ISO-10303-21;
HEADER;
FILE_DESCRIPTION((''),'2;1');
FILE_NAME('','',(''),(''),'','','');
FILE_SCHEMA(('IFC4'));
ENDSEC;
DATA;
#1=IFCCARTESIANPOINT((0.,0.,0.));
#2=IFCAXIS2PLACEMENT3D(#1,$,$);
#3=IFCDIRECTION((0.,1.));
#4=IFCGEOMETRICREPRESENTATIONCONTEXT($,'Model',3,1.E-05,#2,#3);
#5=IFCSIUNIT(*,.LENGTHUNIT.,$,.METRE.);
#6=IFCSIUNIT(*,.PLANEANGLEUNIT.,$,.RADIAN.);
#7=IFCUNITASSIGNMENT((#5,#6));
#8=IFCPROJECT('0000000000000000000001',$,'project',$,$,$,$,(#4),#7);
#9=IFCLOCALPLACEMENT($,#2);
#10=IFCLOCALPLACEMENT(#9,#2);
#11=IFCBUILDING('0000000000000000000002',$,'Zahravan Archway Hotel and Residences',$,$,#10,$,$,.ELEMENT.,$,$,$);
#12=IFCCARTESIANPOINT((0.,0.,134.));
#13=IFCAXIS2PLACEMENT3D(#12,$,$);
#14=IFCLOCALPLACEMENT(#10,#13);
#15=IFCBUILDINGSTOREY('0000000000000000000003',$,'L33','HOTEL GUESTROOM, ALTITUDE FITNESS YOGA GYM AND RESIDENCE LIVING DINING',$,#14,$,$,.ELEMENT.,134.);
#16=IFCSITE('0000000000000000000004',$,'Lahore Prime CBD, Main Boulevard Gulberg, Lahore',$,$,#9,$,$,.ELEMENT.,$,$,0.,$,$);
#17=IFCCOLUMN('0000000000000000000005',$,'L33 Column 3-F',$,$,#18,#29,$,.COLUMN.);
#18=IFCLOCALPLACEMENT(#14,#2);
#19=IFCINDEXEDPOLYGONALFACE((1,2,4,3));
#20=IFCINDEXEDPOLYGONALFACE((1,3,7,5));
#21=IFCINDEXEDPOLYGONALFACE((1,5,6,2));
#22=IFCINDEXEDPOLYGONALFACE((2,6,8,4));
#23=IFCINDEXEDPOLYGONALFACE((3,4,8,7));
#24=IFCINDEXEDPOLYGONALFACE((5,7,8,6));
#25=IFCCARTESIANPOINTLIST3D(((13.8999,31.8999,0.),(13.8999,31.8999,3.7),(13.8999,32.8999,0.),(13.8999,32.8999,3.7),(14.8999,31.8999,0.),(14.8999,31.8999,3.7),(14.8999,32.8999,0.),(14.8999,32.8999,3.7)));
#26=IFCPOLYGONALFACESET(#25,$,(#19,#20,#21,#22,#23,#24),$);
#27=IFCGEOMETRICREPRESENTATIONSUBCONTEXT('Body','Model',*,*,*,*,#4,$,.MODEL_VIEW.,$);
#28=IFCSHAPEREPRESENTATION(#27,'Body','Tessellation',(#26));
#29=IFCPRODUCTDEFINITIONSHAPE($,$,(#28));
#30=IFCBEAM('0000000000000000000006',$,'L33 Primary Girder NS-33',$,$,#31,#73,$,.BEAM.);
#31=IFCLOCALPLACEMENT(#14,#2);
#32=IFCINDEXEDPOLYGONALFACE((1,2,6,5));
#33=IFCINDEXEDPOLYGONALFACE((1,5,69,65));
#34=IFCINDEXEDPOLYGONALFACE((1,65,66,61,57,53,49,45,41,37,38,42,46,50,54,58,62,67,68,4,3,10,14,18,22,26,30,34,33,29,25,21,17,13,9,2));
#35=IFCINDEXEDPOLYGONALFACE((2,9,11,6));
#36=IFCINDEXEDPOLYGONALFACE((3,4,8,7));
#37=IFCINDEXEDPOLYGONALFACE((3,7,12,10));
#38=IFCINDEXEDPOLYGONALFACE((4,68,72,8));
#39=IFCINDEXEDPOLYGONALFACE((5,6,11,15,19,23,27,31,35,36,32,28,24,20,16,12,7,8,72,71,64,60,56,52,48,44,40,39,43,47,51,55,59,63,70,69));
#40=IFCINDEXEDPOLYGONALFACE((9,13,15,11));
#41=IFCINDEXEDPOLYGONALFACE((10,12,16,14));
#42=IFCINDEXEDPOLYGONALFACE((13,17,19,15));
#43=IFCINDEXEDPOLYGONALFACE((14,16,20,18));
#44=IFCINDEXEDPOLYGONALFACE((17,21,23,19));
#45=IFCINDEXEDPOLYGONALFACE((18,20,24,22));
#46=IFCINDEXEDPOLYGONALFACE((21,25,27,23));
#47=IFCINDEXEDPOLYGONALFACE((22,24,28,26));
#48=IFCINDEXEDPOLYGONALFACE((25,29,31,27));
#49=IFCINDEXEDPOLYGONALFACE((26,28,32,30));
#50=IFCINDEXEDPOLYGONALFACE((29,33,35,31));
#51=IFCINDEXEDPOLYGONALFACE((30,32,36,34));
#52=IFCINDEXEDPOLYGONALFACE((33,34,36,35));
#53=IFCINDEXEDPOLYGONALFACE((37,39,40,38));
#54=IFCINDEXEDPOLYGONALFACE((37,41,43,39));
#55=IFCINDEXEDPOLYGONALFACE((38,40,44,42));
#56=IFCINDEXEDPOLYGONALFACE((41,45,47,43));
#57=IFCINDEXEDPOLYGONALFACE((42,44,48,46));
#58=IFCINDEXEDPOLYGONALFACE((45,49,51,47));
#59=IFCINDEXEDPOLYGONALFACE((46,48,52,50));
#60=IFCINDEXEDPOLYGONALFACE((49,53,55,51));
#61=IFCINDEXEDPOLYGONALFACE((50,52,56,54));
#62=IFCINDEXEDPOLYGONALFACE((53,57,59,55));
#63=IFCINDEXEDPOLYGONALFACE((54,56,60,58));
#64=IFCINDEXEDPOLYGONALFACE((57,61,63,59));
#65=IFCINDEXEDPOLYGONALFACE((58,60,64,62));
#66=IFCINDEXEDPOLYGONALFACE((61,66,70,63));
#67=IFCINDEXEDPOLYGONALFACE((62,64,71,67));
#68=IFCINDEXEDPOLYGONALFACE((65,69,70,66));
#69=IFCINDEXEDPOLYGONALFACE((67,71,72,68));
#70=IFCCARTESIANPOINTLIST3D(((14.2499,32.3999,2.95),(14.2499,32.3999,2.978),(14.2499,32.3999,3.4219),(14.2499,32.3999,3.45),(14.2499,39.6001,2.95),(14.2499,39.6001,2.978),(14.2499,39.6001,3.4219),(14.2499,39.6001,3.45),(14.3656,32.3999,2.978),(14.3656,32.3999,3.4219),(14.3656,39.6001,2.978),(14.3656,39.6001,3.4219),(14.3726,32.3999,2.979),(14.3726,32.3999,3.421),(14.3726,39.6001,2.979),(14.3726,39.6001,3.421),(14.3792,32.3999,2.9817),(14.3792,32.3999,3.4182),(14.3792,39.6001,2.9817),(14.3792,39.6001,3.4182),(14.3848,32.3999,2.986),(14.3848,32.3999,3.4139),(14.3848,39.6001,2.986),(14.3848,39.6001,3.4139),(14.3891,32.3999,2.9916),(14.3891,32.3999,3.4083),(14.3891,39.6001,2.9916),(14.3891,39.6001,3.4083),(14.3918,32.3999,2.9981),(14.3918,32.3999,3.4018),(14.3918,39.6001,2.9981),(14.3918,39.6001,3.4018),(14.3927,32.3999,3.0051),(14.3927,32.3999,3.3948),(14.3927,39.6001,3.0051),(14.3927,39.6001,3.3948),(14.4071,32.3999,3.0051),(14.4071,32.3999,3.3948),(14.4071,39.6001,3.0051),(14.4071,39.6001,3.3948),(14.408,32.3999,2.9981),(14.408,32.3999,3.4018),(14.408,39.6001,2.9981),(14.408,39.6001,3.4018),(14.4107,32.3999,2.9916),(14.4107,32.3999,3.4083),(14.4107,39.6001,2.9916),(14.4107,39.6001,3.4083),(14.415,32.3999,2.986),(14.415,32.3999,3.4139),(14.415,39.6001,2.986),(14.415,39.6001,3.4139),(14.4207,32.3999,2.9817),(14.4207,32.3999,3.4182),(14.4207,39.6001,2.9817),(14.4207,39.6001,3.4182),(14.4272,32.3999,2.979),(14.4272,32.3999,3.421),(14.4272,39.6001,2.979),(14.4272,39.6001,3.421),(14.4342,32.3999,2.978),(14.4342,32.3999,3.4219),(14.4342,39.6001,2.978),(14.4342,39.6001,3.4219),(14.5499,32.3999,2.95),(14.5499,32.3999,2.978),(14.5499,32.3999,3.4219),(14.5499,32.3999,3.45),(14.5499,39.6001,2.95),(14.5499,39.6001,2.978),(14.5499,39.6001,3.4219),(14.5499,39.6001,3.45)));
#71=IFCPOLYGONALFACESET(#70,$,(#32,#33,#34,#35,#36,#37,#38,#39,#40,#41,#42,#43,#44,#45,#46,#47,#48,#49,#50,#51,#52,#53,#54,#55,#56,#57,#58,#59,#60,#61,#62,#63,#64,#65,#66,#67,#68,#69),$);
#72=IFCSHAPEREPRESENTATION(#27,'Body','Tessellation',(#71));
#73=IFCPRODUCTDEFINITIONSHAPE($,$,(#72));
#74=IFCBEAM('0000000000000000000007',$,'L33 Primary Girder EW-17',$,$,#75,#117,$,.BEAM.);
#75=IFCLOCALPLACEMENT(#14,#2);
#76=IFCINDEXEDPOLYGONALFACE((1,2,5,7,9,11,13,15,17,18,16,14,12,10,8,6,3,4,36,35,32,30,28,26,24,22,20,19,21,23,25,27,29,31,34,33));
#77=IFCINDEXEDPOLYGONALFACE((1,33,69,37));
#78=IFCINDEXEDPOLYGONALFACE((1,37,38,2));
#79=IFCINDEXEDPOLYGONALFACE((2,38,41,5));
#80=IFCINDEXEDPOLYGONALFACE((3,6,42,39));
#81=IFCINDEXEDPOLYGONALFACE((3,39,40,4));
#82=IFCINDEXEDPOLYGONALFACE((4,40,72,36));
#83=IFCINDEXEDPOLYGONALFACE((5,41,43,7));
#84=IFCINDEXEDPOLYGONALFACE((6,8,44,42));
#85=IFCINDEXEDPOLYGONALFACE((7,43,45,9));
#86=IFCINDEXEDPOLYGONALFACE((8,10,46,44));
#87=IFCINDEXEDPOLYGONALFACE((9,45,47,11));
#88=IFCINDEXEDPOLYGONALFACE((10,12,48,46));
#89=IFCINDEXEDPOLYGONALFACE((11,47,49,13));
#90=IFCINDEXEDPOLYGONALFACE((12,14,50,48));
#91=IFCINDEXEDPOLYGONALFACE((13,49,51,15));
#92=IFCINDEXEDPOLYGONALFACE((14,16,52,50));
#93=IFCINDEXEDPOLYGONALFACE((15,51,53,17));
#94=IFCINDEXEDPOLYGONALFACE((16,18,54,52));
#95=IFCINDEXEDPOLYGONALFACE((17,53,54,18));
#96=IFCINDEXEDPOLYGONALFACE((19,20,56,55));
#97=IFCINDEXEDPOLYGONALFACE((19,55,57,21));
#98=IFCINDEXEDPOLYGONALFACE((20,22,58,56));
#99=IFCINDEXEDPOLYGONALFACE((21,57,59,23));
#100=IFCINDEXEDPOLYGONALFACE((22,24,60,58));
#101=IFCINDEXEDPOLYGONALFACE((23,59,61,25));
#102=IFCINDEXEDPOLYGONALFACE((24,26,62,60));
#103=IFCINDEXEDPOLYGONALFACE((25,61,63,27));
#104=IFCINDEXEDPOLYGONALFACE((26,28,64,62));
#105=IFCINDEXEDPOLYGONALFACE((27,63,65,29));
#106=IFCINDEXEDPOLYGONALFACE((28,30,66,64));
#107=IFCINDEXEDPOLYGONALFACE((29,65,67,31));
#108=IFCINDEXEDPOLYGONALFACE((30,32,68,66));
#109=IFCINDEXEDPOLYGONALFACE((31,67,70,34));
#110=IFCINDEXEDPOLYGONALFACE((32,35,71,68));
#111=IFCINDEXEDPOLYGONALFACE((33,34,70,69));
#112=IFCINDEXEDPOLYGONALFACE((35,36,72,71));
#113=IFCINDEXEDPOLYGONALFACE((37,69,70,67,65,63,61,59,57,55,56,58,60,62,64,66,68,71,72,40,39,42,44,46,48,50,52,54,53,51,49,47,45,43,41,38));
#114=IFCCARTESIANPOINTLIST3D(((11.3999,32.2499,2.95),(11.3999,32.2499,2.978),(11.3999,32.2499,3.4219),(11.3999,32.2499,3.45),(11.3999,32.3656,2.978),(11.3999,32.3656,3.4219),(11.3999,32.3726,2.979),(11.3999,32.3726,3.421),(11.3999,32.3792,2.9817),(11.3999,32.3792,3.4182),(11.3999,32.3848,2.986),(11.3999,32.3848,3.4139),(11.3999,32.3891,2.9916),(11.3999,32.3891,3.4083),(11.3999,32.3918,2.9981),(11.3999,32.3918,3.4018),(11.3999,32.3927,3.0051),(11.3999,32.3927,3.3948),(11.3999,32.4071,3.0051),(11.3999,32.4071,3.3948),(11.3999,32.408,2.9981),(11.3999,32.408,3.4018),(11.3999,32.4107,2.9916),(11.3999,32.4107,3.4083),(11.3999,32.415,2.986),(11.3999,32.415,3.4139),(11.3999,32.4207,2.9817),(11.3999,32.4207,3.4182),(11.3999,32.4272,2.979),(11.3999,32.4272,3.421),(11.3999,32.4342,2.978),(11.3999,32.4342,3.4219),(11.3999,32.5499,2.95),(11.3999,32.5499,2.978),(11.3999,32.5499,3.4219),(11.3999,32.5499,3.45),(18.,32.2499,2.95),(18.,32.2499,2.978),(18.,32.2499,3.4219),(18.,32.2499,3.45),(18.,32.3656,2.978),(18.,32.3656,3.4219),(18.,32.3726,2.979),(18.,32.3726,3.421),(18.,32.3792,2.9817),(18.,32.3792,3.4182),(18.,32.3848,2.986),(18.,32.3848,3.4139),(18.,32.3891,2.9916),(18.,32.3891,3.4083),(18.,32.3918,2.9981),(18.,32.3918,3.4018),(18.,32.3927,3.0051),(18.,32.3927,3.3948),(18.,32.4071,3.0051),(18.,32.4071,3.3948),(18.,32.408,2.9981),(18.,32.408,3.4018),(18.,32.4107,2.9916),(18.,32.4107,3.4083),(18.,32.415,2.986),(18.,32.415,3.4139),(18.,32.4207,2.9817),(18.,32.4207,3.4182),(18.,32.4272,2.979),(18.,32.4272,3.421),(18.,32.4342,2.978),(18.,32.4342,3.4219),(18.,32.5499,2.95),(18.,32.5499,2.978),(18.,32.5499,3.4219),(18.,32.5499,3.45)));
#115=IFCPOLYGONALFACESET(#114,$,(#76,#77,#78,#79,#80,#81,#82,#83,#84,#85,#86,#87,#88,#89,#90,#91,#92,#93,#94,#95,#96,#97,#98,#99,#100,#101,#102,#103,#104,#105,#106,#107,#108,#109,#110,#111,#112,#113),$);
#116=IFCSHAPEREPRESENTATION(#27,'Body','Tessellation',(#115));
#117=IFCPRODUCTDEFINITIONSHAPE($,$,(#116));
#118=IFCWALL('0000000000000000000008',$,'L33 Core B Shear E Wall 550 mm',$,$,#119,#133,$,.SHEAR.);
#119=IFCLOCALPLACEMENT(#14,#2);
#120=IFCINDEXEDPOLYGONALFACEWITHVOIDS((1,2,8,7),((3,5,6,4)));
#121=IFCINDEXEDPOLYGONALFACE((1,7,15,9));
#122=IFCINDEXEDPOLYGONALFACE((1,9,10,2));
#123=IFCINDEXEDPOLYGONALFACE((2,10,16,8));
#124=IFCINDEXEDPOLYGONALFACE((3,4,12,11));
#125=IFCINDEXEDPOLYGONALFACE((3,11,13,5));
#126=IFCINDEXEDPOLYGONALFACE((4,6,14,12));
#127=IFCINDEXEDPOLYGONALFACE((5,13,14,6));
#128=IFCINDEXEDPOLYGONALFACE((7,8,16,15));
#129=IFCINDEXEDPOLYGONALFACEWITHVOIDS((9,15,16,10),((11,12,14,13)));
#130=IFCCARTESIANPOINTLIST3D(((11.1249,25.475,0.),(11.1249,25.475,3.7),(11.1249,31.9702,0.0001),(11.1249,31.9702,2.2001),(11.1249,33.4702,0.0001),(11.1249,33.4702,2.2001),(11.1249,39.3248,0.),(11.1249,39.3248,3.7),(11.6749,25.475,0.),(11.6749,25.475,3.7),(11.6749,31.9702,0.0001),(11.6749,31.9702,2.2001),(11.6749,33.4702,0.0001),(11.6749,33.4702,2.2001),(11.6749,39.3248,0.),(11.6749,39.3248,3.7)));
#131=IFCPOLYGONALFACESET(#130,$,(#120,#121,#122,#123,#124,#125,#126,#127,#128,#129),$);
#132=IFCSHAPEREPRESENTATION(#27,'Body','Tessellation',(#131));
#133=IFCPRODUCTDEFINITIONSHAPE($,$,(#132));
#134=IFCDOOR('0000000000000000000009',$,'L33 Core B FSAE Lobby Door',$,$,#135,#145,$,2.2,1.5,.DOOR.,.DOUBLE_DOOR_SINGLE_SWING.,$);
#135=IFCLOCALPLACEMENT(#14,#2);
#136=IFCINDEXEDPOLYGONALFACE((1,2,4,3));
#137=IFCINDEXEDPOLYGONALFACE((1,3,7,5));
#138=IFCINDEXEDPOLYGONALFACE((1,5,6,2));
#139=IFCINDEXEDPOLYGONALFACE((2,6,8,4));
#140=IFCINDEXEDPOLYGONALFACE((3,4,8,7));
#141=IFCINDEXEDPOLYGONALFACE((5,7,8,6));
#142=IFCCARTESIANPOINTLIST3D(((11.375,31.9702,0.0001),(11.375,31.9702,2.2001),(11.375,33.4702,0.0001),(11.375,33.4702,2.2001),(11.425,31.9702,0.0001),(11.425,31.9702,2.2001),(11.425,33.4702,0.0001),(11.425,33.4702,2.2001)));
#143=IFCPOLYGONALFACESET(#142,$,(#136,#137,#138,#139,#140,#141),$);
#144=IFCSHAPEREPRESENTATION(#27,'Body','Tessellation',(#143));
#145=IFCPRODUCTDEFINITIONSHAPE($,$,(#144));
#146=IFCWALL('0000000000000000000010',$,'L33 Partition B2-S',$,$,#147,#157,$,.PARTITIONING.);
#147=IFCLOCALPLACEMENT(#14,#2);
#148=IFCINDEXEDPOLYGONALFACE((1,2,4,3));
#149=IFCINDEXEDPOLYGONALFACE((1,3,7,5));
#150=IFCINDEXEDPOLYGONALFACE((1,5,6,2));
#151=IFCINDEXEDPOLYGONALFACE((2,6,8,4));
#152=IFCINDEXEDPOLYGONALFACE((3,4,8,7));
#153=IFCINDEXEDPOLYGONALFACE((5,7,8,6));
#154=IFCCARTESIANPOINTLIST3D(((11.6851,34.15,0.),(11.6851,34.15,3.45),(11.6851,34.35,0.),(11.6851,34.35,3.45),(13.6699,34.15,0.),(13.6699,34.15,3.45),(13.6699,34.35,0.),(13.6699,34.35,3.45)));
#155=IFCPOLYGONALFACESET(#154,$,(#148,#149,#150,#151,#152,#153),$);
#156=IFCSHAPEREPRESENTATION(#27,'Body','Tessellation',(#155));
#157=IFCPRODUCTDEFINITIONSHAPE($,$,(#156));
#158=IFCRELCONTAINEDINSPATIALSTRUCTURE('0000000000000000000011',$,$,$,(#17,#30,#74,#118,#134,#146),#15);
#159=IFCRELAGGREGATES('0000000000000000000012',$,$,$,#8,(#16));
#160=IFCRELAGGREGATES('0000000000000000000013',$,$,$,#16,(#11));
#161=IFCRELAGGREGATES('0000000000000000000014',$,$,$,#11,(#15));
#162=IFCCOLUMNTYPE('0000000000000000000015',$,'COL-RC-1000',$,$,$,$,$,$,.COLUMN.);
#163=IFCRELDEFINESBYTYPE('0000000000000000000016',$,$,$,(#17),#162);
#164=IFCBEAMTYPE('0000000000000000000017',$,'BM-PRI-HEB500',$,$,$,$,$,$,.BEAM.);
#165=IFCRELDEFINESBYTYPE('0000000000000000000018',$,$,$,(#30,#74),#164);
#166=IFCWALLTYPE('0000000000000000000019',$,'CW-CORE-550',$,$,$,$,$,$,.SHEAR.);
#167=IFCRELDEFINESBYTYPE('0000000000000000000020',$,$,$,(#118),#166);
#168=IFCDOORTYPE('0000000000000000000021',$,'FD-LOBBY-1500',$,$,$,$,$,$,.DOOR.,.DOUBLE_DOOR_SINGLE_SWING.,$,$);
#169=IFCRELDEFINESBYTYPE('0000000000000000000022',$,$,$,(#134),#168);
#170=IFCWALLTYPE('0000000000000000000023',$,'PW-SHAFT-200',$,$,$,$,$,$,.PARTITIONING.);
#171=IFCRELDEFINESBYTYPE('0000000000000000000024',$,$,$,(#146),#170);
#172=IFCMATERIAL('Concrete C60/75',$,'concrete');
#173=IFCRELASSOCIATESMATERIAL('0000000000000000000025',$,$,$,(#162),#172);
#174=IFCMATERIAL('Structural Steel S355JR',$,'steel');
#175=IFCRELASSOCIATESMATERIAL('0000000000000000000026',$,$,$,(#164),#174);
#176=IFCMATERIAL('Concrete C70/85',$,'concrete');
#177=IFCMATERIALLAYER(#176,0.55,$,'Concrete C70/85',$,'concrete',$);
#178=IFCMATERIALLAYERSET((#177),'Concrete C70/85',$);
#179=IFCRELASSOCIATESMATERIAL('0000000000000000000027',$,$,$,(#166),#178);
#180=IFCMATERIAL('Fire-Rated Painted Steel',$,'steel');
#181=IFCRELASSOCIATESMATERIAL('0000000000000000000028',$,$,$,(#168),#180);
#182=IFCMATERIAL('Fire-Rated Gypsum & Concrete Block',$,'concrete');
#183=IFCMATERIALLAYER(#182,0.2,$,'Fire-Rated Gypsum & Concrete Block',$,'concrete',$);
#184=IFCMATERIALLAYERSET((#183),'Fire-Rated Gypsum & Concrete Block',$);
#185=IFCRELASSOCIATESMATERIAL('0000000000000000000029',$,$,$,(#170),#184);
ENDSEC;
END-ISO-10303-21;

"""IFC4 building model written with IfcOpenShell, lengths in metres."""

from ifc_helpers import new_model, si_unit, direction, frame, frame_2d, origin, origin_2d, place, context, subcontext, project, spatial, rectangle, i_section, extrude, source, transform, mapped, material, layer, layer_set, material_profile, profile_set, type_object, type_shapes, element, fill, save


model = new_model("IFC4")

# Units and contexts
model_context = context("Model", 3, precision=1e-05, world=origin(), true_north=direction((0.0, 1.0)))
body_context = subcontext(model_context, "Body", "Model", "MODEL_VIEW")
ifc_project = project(units=[si_unit("LENGTHUNIT", "METRE"), si_unit("PLANEANGLEUNIT", "RADIAN")], contexts=[model_context])

# Site, building, storey
site_placement = place(None, origin())
site = spatial("IfcSite", under=ifc_project, at=site_placement, Name="Lahore Prime CBD, Main Boulevard Gulberg, Lahore", CompositionType="ELEMENT", RefElevation=0.0)
building_placement = place(site_placement, origin())
building = spatial("IfcBuilding", under=site, at=building_placement, Name="Zahravan Archway Hotel and Residences", CompositionType="ELEMENT")
storey_placement = place(building_placement, frame((0.0, 0.0, 134.0)))
storey = spatial("IfcBuildingStorey", under=building, at=storey_placement, Name="L33", Description="HOTEL GUESTROOM, ALTITUDE FITNESS YOGA GYM AND RESIDENCE LIVING DINING", CompositionType="ELEMENT", Elevation=134.0)

# Column
ifc_material_1 = material(Name="Concrete C60/75", Category="concrete")
ifc_material_profile_1 = material_profile(ifc_material_1, rectangle(XDim=1.0, YDim=1.0, at=origin_2d()), Name="RC-COL-1000x1000", Category="concrete")
ifc_profile_set_1 = profile_set([ifc_material_profile_1], Name="Concrete C60/75")
column_type = type_object("IfcColumnType", Name="COL-RC-1000", PredefinedType="COLUMN", material=ifc_profile_set_1)
shared_shape_1 = source(origin(), body_context, "Body", "SweptSolid", [
    extrude(rectangle(XDim=1.0, YDim=1.0, at=origin_2d()), origin(), (0.0, 0.0, 1.0), 3.7),
])
type_shapes(column_type, [shared_shape_1])
column_placement = place(storey_placement, frame((14.3999, 32.3999, 0.0), z_axis=(0.0, 0.0, 1.0), x_axis=(1.0, 0.0, 0.0)))
element("IfcColumn", 1, at=column_placement, inside=storey, type_object=column_type, Name="L33 Column 3-F", PredefinedType="COLUMN", context=body_context, shape_type="MappedRepresentation", body=[
    mapped(shared_shape_1, transform((0.0, 0.0, 0.0), scale=1.0)),
])

# Beams
ifc_material_2 = material(Name="Structural Steel S355JR", Category="steel")
ifc_material_profile_2 = material_profile(ifc_material_2, i_section(OverallWidth=0.3, OverallDepth=0.5, WebThickness=0.0144, FlangeThickness=0.0281, FilletRadius=0.0271, at=origin_2d()), Name="HEB 500", Category="steel")
ifc_profile_set_2 = profile_set([ifc_material_profile_2], Name="Structural Steel S355JR")
beam_type = type_object("IfcBeamType", Name="BM-PRI-HEB500", PredefinedType="BEAM", material=ifc_profile_set_2)
shared_shape_2 = source(origin(), body_context, "Body", "SweptSolid", [
    extrude(i_section(OverallWidth=0.3, OverallDepth=0.5, WebThickness=0.0144, FlangeThickness=0.0281, FilletRadius=0.0271, at=origin_2d()), origin(), (0.0, 0.0, 1.0), 7.2002),
])
type_shapes(beam_type, [shared_shape_2])
beam_1_placement = place(storey_placement, frame((14.3999, 32.3999, 3.2), z_axis=(0.0, 1.0, 0.0), x_axis=(-1.0, 0.0, 0.0)))
element("IfcBeam", 2, at=beam_1_placement, inside=storey, type_object=beam_type, Name="L33 Primary Girder NS-33", PredefinedType="BEAM", context=body_context, shape_type="MappedRepresentation", body=[
    mapped(shared_shape_2, transform((0.0, 0.0, 0.0), scale=1.0)),
])
shared_shape_3 = source(origin(), body_context, "Body", "SweptSolid", [
    extrude(i_section(OverallWidth=0.3, OverallDepth=0.5, WebThickness=0.0144, FlangeThickness=0.0281, FilletRadius=0.0271, at=origin_2d()), origin(), (0.0, 0.0, 1.0), 6.6001),
])
beam_2_placement = place(storey_placement, frame((11.3999, 32.3999, 3.2), z_axis=(1.0, 0.0, 0.0), x_axis=(0.0, 1.0, 0.0)))
element("IfcBeam", 3, at=beam_2_placement, inside=storey, type_object=beam_type, Name="L33 Primary Girder EW-17", PredefinedType="BEAM", context=body_context, shape_type="MappedRepresentation", body=[
    mapped(shared_shape_3, transform((0.0, 0.0, 0.0), scale=1.0)),
])

# Wall, opening, door
ifc_material_3 = material(Name="Concrete C70/85", Category="concrete")
ifc_layer_1 = layer(ifc_material_3, 0.55, Name="Concrete C70/85", Category="concrete")
ifc_layer_set_1 = layer_set([ifc_layer_1], Name="Concrete C70/85")
wall_type_1 = type_object("IfcWallType", Name="CW-CORE-550", PredefinedType="SHEAR", material=ifc_layer_set_1)
wall_1_placement = place(storey_placement, frame((11.3999, 25.4751, 0.0), z_axis=(0.0, 0.0, 1.0), x_axis=(0.0, 1.0, 0.0)))
wall_1 = element("IfcWall", 4, at=wall_1_placement, inside=storey, type_object=wall_type_1, Name="L33 Core B Shear E Wall 550 mm", PredefinedType="SHEAR", context=body_context, shape_type="SweptSolid", body=[
    extrude(rectangle(XDim=13.8499, YDim=0.55, at=frame_2d((6.9248, 0.0))), origin(), (0.0, 0.0, 1.0), 3.7),
])
opening_1_placement = place(wall_1_placement, frame((6.4951, 0.0, 0.0)))
opening_1 = element("IfcOpeningElement", 5, at=opening_1_placement, cuts=wall_1, PredefinedType="OPENING", context=body_context, shape_type="SweptSolid", body=[
    extrude(rectangle(XDim=1.5, YDim=2.2, at=frame_2d((0.75, 1.1001))), frame((0.0, 0.2852, 0.0), z_axis=(0.0, -1.0, 0.0), x_axis=(1.0, 0.0, 0.0)), (0.0, 0.0, 1.0), 0.5701),
])
ifc_material_4 = material(Name="Fire-Rated Painted Steel", Category="steel")
door_type_1 = type_object("IfcDoorType", Name="FD-LOBBY-1500", OperationType="DOUBLE_DOOR_SINGLE_SWING", PredefinedType="DOOR", material=ifc_material_4)
shared_shape_4 = source(origin(), body_context, "Body", "SweptSolid", [
    extrude(rectangle(XDim=1.5, YDim=2.2, at=frame_2d((0.75, 1.1001))), frame((0.0, 0.0249, 0.0), z_axis=(0.0, -1.0, 0.0), x_axis=(1.0, 0.0, 0.0)), (0.0, 0.0, 1.0), 0.05),
])
type_shapes(door_type_1, [shared_shape_4])
door_1_placement = place(opening_1_placement, origin())
door_1 = element("IfcDoor", 6, at=door_1_placement, inside=storey, type_object=door_type_1, Name="L33 Core B FSAE Lobby Door", OperationType="DOUBLE_DOOR_SINGLE_SWING", OverallHeight=2.2, OverallWidth=1.5, PredefinedType="DOOR", context=body_context, shape_type="MappedRepresentation", body=[
    mapped(shared_shape_4, transform((0.0, 0.0, 0.0), scale=1.0)),
])
fill(opening_1, door_1)

# Wall
ifc_material_5 = material(Name="Fire-Rated Gypsum & Concrete Block", Category="concrete")
ifc_layer_2 = layer(ifc_material_5, 0.2, Name="Fire-Rated Gypsum & Concrete Block", Category="concrete")
ifc_layer_set_2 = layer_set([ifc_layer_2], Name="Fire-Rated Gypsum & Concrete Block")
wall_type_2 = type_object("IfcWallType", Name="PW-SHAFT-200", PredefinedType="PARTITIONING", material=ifc_layer_set_2)
wall_2_placement = place(storey_placement, frame((11.6851, 34.25, 0.0), z_axis=(0.0, 0.0, 1.0), x_axis=(1.0, 0.0, 0.0)))
element("IfcWall", 7, at=wall_2_placement, inside=storey, type_object=wall_type_2, Name="L33 Partition B2-S", PredefinedType="PARTITIONING", context=body_context, shape_type="SweptSolid", body=[
    extrude(rectangle(XDim=1.9849, YDim=0.2, at=frame_2d((0.9924, 0.0))), origin(), (0.0, 0.0, 1.0), 3.45),
])

save(model, "model.ifc")
